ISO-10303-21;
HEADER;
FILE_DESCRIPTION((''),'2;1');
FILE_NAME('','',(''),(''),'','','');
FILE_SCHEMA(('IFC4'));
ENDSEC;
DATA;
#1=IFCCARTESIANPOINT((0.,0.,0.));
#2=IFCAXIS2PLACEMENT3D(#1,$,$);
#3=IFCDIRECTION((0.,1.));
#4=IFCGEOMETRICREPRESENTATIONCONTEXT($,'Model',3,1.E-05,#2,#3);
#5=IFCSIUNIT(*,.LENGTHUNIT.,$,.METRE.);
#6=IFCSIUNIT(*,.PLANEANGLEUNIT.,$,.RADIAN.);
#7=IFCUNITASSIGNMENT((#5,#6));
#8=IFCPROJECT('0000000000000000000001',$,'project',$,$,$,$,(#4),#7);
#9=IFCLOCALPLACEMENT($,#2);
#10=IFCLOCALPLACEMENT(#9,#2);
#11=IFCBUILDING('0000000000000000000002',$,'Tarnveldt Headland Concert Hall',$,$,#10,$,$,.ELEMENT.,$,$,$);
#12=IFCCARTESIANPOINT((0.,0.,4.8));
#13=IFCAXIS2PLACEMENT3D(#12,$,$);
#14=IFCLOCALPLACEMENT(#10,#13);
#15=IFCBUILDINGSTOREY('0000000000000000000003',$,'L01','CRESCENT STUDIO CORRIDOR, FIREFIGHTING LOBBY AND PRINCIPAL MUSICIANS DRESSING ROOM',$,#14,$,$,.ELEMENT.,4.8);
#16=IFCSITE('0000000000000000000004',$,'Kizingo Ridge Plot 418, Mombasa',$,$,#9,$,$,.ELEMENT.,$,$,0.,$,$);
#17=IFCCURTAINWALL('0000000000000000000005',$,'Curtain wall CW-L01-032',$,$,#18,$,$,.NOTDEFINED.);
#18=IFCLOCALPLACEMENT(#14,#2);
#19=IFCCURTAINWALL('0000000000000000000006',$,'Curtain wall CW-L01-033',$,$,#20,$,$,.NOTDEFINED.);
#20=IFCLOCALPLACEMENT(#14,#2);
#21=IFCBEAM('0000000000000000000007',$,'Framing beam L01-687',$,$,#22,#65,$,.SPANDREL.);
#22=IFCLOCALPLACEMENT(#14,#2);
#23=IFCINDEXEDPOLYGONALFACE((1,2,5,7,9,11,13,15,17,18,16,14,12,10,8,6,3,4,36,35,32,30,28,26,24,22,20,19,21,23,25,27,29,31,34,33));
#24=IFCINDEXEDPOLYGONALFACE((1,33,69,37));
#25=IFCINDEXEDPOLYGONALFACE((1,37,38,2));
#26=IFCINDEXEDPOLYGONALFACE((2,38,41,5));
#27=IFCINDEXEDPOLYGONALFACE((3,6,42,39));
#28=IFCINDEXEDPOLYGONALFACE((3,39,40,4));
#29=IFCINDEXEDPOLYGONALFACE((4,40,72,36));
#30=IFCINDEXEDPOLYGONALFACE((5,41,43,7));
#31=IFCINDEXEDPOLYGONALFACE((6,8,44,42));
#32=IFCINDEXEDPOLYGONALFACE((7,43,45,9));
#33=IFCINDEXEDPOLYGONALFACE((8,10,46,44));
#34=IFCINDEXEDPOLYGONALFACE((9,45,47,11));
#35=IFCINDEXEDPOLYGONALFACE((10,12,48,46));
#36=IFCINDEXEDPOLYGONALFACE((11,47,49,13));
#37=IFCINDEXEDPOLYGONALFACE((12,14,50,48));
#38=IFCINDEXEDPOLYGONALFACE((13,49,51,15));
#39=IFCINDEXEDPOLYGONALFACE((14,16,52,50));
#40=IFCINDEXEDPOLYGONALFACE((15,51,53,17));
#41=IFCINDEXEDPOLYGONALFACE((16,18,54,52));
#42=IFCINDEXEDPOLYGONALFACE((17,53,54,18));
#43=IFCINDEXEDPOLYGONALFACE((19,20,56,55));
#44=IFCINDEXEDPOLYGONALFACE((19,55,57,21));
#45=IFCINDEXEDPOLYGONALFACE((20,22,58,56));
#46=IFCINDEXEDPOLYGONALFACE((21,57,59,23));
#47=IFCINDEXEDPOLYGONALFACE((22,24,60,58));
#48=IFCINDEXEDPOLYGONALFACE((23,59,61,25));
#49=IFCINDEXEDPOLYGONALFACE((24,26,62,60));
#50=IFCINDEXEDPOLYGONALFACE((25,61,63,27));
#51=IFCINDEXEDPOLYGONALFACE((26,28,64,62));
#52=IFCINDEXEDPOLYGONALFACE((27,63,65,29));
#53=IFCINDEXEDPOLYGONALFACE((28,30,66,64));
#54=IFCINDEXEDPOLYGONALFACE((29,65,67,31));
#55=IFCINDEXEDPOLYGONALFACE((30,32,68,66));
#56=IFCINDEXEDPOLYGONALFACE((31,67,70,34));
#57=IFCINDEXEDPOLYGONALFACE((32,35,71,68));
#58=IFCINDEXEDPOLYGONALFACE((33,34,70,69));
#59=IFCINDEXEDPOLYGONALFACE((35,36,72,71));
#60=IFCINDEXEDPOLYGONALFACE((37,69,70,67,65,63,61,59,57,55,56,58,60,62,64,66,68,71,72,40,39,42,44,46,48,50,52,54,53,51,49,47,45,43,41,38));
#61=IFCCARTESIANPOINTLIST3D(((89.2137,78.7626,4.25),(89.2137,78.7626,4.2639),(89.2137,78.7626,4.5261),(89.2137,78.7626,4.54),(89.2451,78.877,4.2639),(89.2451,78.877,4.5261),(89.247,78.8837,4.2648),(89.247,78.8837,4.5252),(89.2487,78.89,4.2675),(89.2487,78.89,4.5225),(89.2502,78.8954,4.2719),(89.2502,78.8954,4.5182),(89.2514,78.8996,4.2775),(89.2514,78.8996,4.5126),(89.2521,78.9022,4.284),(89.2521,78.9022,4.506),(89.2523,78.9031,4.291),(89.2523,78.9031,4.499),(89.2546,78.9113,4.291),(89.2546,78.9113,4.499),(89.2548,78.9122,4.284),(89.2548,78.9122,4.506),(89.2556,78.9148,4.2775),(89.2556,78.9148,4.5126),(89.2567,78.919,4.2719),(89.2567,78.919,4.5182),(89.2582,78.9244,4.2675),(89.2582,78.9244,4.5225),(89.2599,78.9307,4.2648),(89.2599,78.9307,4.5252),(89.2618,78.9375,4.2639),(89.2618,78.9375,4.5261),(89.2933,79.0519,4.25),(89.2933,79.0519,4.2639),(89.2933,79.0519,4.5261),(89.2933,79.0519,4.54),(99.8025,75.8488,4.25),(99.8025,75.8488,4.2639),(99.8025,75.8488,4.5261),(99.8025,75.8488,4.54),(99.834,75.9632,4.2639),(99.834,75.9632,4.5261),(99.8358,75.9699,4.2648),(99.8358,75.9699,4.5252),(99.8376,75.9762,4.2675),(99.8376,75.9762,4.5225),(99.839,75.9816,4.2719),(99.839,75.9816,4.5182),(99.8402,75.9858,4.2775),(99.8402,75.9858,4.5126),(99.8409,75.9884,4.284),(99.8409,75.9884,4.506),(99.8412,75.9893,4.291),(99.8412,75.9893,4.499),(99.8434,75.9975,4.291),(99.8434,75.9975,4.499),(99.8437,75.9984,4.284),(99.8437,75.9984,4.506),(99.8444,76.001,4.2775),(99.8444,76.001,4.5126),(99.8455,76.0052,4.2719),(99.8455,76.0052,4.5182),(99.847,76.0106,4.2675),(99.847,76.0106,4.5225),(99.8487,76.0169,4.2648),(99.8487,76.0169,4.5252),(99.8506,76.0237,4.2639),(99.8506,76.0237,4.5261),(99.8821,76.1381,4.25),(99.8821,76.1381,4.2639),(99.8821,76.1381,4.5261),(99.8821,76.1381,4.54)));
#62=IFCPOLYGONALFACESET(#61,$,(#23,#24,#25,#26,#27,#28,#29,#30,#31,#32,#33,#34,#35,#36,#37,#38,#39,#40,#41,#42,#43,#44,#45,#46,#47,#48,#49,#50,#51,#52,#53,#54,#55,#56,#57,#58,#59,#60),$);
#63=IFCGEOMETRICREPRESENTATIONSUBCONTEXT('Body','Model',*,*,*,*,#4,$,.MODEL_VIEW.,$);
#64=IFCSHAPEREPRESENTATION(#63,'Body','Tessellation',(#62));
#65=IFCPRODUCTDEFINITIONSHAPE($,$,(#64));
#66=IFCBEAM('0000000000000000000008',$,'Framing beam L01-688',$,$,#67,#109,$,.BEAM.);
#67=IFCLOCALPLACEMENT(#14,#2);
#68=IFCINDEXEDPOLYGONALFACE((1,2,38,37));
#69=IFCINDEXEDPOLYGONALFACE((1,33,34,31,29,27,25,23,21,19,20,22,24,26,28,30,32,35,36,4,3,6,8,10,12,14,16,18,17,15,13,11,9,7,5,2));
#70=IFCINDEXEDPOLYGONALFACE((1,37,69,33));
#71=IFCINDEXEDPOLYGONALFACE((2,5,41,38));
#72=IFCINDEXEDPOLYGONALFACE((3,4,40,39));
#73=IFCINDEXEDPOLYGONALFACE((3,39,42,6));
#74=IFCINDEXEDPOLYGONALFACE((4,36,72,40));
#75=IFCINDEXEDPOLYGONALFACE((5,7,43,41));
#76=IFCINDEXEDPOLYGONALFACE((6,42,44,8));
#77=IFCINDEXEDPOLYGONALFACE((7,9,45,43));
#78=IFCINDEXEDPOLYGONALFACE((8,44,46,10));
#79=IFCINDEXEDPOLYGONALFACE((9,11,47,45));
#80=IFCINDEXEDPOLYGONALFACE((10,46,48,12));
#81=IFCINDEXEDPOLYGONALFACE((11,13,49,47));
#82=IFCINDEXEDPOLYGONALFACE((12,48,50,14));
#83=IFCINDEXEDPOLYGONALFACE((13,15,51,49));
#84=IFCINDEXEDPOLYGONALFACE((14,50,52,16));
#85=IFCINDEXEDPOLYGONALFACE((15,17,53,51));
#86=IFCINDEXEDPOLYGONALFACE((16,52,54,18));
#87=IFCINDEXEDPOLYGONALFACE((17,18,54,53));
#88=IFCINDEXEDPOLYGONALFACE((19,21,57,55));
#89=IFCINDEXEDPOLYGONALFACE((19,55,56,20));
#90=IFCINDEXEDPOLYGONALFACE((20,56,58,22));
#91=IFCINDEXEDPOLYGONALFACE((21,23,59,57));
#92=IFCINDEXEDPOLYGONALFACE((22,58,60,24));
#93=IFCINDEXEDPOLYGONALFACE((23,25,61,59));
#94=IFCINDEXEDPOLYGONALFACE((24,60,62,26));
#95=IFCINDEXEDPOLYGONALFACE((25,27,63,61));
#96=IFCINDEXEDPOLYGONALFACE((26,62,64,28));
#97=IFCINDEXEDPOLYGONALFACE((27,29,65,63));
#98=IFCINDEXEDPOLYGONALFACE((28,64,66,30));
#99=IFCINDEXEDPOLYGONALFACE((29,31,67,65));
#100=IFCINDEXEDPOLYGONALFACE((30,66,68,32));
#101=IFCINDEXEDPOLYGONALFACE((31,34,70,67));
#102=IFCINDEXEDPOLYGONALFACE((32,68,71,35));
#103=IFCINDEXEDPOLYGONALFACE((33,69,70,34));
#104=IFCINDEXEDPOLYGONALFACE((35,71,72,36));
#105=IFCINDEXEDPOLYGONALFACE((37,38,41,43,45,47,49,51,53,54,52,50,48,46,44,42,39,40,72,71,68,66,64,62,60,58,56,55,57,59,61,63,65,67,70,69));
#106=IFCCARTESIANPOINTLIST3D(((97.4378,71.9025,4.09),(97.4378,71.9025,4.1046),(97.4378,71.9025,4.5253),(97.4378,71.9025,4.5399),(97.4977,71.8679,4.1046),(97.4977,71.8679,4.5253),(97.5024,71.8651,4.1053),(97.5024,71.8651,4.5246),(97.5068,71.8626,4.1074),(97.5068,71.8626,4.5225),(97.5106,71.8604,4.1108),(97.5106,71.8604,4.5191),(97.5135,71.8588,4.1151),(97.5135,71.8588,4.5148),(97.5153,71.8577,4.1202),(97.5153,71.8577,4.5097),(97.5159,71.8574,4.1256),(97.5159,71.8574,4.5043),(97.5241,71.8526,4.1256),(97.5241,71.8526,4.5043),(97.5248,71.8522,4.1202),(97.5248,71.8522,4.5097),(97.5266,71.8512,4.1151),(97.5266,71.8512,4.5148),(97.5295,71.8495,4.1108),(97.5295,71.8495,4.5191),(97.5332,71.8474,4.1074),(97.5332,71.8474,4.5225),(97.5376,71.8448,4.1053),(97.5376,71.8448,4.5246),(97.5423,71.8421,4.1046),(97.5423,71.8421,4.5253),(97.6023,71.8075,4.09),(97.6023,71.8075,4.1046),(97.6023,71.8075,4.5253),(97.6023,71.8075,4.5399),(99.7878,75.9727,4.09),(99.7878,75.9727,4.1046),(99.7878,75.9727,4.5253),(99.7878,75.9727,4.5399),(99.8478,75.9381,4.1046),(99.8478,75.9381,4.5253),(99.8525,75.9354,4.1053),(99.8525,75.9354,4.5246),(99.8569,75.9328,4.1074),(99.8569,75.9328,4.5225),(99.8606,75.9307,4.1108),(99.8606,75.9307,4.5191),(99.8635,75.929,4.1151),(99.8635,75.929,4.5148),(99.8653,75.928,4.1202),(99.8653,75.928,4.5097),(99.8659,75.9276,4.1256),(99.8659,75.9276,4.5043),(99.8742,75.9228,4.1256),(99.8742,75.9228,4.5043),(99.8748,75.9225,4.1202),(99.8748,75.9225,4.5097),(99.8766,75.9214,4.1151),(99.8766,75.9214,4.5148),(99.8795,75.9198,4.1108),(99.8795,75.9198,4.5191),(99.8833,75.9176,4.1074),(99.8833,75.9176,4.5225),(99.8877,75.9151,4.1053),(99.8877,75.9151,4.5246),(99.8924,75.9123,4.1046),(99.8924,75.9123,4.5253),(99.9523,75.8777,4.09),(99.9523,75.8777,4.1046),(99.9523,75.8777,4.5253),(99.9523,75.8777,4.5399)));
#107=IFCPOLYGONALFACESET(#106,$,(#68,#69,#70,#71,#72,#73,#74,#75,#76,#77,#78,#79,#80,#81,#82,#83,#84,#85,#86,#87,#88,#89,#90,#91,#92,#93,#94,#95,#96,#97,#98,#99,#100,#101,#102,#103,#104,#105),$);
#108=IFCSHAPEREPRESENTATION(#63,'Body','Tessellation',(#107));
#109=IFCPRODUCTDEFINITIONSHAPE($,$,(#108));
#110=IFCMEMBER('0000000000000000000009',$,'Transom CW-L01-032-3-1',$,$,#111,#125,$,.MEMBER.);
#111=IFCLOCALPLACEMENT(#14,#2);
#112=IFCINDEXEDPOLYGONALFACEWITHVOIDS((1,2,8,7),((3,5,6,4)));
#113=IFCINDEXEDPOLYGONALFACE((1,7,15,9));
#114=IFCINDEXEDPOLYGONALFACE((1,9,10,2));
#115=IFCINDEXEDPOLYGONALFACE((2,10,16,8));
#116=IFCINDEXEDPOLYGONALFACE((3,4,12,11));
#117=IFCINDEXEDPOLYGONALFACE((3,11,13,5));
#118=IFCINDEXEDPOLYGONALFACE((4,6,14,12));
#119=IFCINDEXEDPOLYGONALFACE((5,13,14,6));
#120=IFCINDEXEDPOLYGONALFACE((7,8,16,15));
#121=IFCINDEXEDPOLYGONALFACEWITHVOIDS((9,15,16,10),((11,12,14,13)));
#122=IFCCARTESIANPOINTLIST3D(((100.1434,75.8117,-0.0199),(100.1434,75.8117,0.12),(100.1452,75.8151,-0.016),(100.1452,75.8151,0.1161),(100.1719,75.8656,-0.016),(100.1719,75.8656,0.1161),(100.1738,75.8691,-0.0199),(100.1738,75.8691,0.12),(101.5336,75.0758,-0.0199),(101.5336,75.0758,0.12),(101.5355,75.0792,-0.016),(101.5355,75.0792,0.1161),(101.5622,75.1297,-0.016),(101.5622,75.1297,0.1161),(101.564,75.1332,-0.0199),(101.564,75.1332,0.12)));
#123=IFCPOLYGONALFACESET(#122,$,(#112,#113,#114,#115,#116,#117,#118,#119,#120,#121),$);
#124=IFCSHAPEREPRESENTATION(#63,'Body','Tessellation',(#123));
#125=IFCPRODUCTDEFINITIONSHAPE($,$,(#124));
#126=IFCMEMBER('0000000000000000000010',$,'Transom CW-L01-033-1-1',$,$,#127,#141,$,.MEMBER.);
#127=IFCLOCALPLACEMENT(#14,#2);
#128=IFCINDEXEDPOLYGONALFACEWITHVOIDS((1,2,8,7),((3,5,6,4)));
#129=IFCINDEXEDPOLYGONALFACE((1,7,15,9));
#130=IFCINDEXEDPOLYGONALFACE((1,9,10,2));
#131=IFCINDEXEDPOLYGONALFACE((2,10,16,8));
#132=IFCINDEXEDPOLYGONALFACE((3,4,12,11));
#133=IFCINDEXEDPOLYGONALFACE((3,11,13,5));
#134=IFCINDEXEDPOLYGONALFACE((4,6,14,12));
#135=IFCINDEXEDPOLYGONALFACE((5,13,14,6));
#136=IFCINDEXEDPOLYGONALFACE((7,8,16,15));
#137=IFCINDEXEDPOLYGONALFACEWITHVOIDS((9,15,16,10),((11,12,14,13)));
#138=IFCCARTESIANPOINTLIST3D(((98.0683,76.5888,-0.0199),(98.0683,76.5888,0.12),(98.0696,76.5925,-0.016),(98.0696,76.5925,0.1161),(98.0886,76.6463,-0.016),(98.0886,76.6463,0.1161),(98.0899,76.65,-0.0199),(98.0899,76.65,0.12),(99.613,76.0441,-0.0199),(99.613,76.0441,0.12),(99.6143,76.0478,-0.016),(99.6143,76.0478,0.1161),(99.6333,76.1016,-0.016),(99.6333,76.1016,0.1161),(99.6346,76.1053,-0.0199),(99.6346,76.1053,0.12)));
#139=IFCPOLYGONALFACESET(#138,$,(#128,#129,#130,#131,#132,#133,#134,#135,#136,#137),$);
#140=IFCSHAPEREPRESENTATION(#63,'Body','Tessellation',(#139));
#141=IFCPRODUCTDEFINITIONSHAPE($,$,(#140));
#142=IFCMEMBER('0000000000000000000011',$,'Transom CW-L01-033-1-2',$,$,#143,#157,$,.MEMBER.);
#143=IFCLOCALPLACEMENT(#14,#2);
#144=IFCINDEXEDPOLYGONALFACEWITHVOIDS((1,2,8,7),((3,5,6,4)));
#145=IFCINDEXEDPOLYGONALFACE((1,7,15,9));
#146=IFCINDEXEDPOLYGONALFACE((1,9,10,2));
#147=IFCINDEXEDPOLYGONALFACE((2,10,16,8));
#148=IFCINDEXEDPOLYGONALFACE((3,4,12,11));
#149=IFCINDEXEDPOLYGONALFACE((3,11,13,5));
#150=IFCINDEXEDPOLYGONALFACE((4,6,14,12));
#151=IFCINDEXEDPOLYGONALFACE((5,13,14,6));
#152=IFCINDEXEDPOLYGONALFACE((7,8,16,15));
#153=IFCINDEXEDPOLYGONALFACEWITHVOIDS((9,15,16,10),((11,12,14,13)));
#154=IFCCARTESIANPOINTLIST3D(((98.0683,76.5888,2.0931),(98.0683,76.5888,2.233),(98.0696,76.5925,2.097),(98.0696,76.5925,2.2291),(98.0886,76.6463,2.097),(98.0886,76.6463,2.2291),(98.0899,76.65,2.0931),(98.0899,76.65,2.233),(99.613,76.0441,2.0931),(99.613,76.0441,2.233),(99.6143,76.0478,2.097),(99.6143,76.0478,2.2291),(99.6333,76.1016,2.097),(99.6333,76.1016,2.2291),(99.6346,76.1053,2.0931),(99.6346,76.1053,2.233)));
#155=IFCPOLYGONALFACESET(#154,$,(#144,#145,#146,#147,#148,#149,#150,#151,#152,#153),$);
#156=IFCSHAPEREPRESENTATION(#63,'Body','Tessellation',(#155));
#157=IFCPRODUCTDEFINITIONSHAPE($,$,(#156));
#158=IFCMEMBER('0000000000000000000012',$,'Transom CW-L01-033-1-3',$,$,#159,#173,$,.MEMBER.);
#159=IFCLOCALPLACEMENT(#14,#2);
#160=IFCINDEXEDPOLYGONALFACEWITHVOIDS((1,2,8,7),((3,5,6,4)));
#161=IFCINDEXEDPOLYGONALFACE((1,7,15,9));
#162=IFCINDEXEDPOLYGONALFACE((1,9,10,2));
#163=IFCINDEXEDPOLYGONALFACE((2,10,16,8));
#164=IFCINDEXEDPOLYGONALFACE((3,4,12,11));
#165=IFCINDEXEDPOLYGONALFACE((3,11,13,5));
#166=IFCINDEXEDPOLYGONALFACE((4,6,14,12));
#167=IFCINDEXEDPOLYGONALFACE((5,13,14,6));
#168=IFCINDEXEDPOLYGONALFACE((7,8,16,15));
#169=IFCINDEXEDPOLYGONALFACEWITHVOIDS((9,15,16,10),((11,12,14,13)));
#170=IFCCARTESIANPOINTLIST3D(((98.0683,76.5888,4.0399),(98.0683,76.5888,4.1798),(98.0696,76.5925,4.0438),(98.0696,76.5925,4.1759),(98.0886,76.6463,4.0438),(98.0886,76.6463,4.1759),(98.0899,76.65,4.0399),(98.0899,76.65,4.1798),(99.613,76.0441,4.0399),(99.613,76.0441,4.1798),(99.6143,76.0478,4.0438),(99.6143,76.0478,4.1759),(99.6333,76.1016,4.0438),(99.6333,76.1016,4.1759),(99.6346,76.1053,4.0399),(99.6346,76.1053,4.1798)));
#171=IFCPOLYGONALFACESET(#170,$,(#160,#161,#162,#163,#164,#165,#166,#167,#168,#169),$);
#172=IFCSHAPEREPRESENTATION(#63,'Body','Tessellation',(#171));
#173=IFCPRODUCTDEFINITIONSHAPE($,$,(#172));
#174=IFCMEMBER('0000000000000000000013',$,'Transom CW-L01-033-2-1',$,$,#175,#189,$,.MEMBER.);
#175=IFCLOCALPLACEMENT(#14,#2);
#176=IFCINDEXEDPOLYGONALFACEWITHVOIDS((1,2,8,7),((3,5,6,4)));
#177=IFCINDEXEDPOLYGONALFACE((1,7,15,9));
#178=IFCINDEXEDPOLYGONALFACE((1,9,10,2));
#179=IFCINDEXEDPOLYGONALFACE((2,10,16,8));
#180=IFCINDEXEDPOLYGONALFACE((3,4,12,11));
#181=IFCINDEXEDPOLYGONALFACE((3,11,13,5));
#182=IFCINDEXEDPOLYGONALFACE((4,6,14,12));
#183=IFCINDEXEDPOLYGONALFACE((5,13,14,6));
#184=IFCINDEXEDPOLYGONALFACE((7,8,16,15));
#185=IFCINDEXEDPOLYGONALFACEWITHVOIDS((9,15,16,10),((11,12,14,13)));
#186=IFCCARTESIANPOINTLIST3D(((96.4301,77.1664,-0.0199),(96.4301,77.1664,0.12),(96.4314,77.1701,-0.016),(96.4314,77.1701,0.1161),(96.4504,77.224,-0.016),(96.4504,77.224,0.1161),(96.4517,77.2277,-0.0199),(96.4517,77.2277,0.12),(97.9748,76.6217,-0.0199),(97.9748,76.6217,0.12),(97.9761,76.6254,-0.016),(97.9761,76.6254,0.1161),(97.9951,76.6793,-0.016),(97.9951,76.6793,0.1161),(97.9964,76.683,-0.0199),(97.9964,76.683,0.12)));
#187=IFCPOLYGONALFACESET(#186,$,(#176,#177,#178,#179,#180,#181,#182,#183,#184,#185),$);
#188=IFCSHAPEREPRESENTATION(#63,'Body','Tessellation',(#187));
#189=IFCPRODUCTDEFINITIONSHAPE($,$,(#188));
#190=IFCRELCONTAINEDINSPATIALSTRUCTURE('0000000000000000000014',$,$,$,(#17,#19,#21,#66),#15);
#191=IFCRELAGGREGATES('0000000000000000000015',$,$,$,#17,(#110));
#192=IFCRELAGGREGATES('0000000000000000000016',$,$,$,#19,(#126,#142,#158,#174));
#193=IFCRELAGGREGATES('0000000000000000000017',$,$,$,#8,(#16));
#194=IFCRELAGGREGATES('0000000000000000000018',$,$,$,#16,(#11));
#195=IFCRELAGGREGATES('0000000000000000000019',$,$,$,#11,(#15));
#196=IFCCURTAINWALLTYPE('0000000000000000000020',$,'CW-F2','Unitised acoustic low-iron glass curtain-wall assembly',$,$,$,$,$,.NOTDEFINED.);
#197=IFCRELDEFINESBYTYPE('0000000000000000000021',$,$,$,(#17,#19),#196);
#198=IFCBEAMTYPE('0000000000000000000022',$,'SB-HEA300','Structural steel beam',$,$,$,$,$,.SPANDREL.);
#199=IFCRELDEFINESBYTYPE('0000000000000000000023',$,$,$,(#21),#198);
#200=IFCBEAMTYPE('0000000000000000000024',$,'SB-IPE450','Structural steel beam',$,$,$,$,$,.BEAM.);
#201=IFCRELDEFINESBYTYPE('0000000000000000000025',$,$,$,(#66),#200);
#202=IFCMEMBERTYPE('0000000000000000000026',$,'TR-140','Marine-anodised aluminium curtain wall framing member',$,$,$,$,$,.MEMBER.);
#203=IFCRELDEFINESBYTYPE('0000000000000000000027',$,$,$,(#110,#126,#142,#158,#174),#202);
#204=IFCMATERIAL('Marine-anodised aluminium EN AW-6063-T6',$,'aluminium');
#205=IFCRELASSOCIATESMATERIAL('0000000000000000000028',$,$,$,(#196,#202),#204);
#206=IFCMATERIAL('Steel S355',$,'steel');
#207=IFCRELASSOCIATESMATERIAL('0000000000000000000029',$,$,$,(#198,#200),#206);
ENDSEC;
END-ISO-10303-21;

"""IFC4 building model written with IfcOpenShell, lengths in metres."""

from ifc_helpers import new_model, si_unit, direction, frame, origin, origin_2d, place, context, subcontext, project, spatial, hollow_rectangle, i_section, extrude, material, material_profile, profile_set, type_object, element, aggregate, save


model = new_model("IFC4")

# Units and contexts
model_context = context("Model", 3, precision=1e-05, world=origin(), true_north=direction((0.0, 1.0)))
body_context = subcontext(model_context, "Body", "Model", "MODEL_VIEW")
ifc_project = project(units=[si_unit("LENGTHUNIT", "METRE"), si_unit("PLANEANGLEUNIT", "RADIAN")], contexts=[model_context])

# Site, building, storey
site_placement = place(None, origin())
site = spatial("IfcSite", under=ifc_project, at=site_placement, Name="Kizingo Ridge Plot 418, Mombasa", CompositionType="ELEMENT", RefElevation=0.0)
building_placement = place(site_placement, origin())
building = spatial("IfcBuilding", under=site, at=building_placement, Name="Tarnveldt Headland Concert Hall", CompositionType="ELEMENT")
storey_placement = place(building_placement, frame((0.0, 0.0, 4.8)))
storey = spatial("IfcBuildingStorey", under=building, at=storey_placement, Name="L01", Description="CRESCENT STUDIO CORRIDOR, FIREFIGHTING LOBBY AND PRINCIPAL MUSICIANS DRESSING ROOM", CompositionType="ELEMENT", Elevation=4.8)

# Shared definitions
ifc_material_1 = material(Name="Steel S355", Category="steel")

# Curtain wall
ifc_material_2 = material(Name="Marine-anodised aluminium EN AW-6063-T6", Category="aluminium")
curtain_wall_type = type_object("IfcCurtainWallType", Name="CW-F2", Description="Unitised acoustic low-iron glass curtain-wall assembly", PredefinedType="NOTDEFINED", material=ifc_material_2)
curtain_wall_1_placement = place(storey_placement, origin())
curtain_wall_1 = element("IfcCurtainWall", 1, at=curtain_wall_1_placement, inside=storey, type_object=curtain_wall_type, Name="Curtain wall CW-L01-032", PredefinedType="NOTDEFINED")

# Curtain wall
curtain_wall_2_placement = place(storey_placement, origin())
curtain_wall_2 = element("IfcCurtainWall", 2, at=curtain_wall_2_placement, inside=storey, type_object=curtain_wall_type, Name="Curtain wall CW-L01-033", PredefinedType="NOTDEFINED")

# Beams
ifc_material_profile_1 = material_profile(ifc_material_1, i_section(OverallWidth=0.3, OverallDepth=0.29, WebThickness=0.0085, FlangeThickness=0.0139, FilletRadius=0.0271, at=origin_2d()), Name="HEA300", Category="steel")
ifc_profile_set_1 = profile_set([ifc_material_profile_1], Name="Steel S355")
beam_type_1 = type_object("IfcBeamType", Name="SB-HEA300", Description="Structural steel beam", PredefinedType="SPANDREL", material=ifc_profile_set_1)
beam_1_placement = place(storey_placement, frame((99.8423, 75.9934, 4.395), z_axis=(-0.964162, 0.265316, 0.0), x_axis=(-0.265316, -0.964162, 0.0)))
element("IfcBeam", 3, at=beam_1_placement, inside=storey, type_object=beam_type_1, Name="Framing beam L01-687", PredefinedType="SPANDREL", context=body_context, shape_type="SweptSolid", body=[
    extrude(i_section(OverallWidth=0.3, OverallDepth=0.29, WebThickness=0.0085, FlangeThickness=0.0139, FilletRadius=0.0271, at=origin_2d()), origin(), (0.0, 0.0, 1.0), 10.9824),
])
ifc_material_profile_2 = material_profile(ifc_material_1, i_section(OverallWidth=0.1899, OverallDepth=0.45, WebThickness=0.0095, FlangeThickness=0.0146, FilletRadius=0.021, at=origin_2d()), Name="IPE450", Category="steel")
ifc_profile_set_2 = profile_set([ifc_material_profile_2], Name="Steel S355")
beam_type_2 = type_object("IfcBeamType", Name="SB-IPE450", Description="Structural steel beam", PredefinedType="BEAM", material=ifc_profile_set_2)
beam_2_placement = place(storey_placement, frame((97.52, 71.855, 4.3149), z_axis=(0.500016, 0.866016, 0.0), x_axis=(-0.866016, 0.500016, 0.0)))
element("IfcBeam", 4, at=beam_2_placement, inside=storey, type_object=beam_type_2, Name="Framing beam L01-688", PredefinedType="BEAM", context=body_context, shape_type="SweptSolid", body=[
    extrude(i_section(OverallWidth=0.1899, OverallDepth=0.45, WebThickness=0.0095, FlangeThickness=0.0146, FilletRadius=0.021, at=origin_2d()), origin(), (0.0, 0.0, 1.0), 4.7),
])

# Members
ifc_material_profile_3 = material_profile(ifc_material_2, hollow_rectangle(XDim=0.0649, YDim=0.1399, WallThickness=0.0039, at=origin_2d()), Name="ALU TRANSOM 65x140x4", Category="aluminium")
ifc_profile_set_3 = profile_set([ifc_material_profile_3], Name="Marine-anodised aluminium EN AW-6063-T6")
member_type_1 = type_object("IfcMemberType", Name="TR-140", Description="Marine-anodised aluminium curtain wall framing member", PredefinedType="MEMBER", material=ifc_profile_set_3)
member_1_placement = place(storey_placement, frame((101.5488, 75.1045, 0.05), z_axis=(-0.883818, 0.467831, 0.0), x_axis=(-0.467831, -0.883818, 0.0)))
member_1 = element("IfcMember", 5, at=member_1_placement, type_object=member_type_1, Name="Transom CW-L01-032-3-1", PredefinedType="MEMBER", context=body_context, shape_type="SweptSolid", body=[
    extrude(hollow_rectangle(XDim=0.0649, YDim=0.1399, WallThickness=0.0039, at=origin_2d()), origin(), (0.0, 0.0, 1.0), 1.573),
])
member_2_placement = place(storey_placement, frame((99.6238, 76.0747, 0.05), z_axis=(-0.943087, 0.332547, 0.0), x_axis=(-0.332547, -0.943087, 0.0)))
member_2 = element("IfcMember", 6, at=member_2_placement, type_object=member_type_1, Name="Transom CW-L01-033-1-1", PredefinedType="MEMBER", context=body_context, shape_type="SweptSolid", body=[
    extrude(hollow_rectangle(XDim=0.0649, YDim=0.1399, WallThickness=0.0039, at=origin_2d()), origin(), (0.0, 0.0, 1.0), 1.6379),
])
member_3_placement = place(storey_placement, frame((99.6238, 76.0747, 2.1631), z_axis=(-0.943087, 0.332547, 0.0), x_axis=(-0.332547, -0.943087, 0.0)))
member_3 = element("IfcMember", 7, at=member_3_placement, type_object=member_type_1, Name="Transom CW-L01-033-1-2", PredefinedType="MEMBER", context=body_context, shape_type="SweptSolid", body=[
    extrude(hollow_rectangle(XDim=0.0649, YDim=0.1399, WallThickness=0.0039, at=origin_2d()), origin(), (0.0, 0.0, 1.0), 1.6379),
])
member_4_placement = place(storey_placement, frame((99.6238, 76.0747, 4.1099), z_axis=(-0.943087, 0.332547, 0.0), x_axis=(-0.332547, -0.943087, 0.0)))
member_4 = element("IfcMember", 8, at=member_4_placement, type_object=member_type_1, Name="Transom CW-L01-033-1-3", PredefinedType="MEMBER", context=body_context, shape_type="SweptSolid", body=[
    extrude(hollow_rectangle(XDim=0.0649, YDim=0.1399, WallThickness=0.0039, at=origin_2d()), origin(), (0.0, 0.0, 1.0), 1.6379),
])
member_5_placement = place(storey_placement, frame((97.9856, 76.6523, 0.05), z_axis=(-0.943087, 0.332547, 0.0), x_axis=(-0.332547, -0.943087, 0.0)))
member_5 = element("IfcMember", 9, at=member_5_placement, type_object=member_type_1, Name="Transom CW-L01-033-2-1", PredefinedType="MEMBER", context=body_context, shape_type="SweptSolid", body=[
    extrude(hollow_rectangle(XDim=0.0649, YDim=0.1399, WallThickness=0.0039, at=origin_2d()), origin(), (0.0, 0.0, 1.0), 1.6379),
])

aggregate(curtain_wall_1, [member_1])
aggregate(curtain_wall_2, [member_2, member_3, member_4, member_5])

save(model, "model.ifc")
